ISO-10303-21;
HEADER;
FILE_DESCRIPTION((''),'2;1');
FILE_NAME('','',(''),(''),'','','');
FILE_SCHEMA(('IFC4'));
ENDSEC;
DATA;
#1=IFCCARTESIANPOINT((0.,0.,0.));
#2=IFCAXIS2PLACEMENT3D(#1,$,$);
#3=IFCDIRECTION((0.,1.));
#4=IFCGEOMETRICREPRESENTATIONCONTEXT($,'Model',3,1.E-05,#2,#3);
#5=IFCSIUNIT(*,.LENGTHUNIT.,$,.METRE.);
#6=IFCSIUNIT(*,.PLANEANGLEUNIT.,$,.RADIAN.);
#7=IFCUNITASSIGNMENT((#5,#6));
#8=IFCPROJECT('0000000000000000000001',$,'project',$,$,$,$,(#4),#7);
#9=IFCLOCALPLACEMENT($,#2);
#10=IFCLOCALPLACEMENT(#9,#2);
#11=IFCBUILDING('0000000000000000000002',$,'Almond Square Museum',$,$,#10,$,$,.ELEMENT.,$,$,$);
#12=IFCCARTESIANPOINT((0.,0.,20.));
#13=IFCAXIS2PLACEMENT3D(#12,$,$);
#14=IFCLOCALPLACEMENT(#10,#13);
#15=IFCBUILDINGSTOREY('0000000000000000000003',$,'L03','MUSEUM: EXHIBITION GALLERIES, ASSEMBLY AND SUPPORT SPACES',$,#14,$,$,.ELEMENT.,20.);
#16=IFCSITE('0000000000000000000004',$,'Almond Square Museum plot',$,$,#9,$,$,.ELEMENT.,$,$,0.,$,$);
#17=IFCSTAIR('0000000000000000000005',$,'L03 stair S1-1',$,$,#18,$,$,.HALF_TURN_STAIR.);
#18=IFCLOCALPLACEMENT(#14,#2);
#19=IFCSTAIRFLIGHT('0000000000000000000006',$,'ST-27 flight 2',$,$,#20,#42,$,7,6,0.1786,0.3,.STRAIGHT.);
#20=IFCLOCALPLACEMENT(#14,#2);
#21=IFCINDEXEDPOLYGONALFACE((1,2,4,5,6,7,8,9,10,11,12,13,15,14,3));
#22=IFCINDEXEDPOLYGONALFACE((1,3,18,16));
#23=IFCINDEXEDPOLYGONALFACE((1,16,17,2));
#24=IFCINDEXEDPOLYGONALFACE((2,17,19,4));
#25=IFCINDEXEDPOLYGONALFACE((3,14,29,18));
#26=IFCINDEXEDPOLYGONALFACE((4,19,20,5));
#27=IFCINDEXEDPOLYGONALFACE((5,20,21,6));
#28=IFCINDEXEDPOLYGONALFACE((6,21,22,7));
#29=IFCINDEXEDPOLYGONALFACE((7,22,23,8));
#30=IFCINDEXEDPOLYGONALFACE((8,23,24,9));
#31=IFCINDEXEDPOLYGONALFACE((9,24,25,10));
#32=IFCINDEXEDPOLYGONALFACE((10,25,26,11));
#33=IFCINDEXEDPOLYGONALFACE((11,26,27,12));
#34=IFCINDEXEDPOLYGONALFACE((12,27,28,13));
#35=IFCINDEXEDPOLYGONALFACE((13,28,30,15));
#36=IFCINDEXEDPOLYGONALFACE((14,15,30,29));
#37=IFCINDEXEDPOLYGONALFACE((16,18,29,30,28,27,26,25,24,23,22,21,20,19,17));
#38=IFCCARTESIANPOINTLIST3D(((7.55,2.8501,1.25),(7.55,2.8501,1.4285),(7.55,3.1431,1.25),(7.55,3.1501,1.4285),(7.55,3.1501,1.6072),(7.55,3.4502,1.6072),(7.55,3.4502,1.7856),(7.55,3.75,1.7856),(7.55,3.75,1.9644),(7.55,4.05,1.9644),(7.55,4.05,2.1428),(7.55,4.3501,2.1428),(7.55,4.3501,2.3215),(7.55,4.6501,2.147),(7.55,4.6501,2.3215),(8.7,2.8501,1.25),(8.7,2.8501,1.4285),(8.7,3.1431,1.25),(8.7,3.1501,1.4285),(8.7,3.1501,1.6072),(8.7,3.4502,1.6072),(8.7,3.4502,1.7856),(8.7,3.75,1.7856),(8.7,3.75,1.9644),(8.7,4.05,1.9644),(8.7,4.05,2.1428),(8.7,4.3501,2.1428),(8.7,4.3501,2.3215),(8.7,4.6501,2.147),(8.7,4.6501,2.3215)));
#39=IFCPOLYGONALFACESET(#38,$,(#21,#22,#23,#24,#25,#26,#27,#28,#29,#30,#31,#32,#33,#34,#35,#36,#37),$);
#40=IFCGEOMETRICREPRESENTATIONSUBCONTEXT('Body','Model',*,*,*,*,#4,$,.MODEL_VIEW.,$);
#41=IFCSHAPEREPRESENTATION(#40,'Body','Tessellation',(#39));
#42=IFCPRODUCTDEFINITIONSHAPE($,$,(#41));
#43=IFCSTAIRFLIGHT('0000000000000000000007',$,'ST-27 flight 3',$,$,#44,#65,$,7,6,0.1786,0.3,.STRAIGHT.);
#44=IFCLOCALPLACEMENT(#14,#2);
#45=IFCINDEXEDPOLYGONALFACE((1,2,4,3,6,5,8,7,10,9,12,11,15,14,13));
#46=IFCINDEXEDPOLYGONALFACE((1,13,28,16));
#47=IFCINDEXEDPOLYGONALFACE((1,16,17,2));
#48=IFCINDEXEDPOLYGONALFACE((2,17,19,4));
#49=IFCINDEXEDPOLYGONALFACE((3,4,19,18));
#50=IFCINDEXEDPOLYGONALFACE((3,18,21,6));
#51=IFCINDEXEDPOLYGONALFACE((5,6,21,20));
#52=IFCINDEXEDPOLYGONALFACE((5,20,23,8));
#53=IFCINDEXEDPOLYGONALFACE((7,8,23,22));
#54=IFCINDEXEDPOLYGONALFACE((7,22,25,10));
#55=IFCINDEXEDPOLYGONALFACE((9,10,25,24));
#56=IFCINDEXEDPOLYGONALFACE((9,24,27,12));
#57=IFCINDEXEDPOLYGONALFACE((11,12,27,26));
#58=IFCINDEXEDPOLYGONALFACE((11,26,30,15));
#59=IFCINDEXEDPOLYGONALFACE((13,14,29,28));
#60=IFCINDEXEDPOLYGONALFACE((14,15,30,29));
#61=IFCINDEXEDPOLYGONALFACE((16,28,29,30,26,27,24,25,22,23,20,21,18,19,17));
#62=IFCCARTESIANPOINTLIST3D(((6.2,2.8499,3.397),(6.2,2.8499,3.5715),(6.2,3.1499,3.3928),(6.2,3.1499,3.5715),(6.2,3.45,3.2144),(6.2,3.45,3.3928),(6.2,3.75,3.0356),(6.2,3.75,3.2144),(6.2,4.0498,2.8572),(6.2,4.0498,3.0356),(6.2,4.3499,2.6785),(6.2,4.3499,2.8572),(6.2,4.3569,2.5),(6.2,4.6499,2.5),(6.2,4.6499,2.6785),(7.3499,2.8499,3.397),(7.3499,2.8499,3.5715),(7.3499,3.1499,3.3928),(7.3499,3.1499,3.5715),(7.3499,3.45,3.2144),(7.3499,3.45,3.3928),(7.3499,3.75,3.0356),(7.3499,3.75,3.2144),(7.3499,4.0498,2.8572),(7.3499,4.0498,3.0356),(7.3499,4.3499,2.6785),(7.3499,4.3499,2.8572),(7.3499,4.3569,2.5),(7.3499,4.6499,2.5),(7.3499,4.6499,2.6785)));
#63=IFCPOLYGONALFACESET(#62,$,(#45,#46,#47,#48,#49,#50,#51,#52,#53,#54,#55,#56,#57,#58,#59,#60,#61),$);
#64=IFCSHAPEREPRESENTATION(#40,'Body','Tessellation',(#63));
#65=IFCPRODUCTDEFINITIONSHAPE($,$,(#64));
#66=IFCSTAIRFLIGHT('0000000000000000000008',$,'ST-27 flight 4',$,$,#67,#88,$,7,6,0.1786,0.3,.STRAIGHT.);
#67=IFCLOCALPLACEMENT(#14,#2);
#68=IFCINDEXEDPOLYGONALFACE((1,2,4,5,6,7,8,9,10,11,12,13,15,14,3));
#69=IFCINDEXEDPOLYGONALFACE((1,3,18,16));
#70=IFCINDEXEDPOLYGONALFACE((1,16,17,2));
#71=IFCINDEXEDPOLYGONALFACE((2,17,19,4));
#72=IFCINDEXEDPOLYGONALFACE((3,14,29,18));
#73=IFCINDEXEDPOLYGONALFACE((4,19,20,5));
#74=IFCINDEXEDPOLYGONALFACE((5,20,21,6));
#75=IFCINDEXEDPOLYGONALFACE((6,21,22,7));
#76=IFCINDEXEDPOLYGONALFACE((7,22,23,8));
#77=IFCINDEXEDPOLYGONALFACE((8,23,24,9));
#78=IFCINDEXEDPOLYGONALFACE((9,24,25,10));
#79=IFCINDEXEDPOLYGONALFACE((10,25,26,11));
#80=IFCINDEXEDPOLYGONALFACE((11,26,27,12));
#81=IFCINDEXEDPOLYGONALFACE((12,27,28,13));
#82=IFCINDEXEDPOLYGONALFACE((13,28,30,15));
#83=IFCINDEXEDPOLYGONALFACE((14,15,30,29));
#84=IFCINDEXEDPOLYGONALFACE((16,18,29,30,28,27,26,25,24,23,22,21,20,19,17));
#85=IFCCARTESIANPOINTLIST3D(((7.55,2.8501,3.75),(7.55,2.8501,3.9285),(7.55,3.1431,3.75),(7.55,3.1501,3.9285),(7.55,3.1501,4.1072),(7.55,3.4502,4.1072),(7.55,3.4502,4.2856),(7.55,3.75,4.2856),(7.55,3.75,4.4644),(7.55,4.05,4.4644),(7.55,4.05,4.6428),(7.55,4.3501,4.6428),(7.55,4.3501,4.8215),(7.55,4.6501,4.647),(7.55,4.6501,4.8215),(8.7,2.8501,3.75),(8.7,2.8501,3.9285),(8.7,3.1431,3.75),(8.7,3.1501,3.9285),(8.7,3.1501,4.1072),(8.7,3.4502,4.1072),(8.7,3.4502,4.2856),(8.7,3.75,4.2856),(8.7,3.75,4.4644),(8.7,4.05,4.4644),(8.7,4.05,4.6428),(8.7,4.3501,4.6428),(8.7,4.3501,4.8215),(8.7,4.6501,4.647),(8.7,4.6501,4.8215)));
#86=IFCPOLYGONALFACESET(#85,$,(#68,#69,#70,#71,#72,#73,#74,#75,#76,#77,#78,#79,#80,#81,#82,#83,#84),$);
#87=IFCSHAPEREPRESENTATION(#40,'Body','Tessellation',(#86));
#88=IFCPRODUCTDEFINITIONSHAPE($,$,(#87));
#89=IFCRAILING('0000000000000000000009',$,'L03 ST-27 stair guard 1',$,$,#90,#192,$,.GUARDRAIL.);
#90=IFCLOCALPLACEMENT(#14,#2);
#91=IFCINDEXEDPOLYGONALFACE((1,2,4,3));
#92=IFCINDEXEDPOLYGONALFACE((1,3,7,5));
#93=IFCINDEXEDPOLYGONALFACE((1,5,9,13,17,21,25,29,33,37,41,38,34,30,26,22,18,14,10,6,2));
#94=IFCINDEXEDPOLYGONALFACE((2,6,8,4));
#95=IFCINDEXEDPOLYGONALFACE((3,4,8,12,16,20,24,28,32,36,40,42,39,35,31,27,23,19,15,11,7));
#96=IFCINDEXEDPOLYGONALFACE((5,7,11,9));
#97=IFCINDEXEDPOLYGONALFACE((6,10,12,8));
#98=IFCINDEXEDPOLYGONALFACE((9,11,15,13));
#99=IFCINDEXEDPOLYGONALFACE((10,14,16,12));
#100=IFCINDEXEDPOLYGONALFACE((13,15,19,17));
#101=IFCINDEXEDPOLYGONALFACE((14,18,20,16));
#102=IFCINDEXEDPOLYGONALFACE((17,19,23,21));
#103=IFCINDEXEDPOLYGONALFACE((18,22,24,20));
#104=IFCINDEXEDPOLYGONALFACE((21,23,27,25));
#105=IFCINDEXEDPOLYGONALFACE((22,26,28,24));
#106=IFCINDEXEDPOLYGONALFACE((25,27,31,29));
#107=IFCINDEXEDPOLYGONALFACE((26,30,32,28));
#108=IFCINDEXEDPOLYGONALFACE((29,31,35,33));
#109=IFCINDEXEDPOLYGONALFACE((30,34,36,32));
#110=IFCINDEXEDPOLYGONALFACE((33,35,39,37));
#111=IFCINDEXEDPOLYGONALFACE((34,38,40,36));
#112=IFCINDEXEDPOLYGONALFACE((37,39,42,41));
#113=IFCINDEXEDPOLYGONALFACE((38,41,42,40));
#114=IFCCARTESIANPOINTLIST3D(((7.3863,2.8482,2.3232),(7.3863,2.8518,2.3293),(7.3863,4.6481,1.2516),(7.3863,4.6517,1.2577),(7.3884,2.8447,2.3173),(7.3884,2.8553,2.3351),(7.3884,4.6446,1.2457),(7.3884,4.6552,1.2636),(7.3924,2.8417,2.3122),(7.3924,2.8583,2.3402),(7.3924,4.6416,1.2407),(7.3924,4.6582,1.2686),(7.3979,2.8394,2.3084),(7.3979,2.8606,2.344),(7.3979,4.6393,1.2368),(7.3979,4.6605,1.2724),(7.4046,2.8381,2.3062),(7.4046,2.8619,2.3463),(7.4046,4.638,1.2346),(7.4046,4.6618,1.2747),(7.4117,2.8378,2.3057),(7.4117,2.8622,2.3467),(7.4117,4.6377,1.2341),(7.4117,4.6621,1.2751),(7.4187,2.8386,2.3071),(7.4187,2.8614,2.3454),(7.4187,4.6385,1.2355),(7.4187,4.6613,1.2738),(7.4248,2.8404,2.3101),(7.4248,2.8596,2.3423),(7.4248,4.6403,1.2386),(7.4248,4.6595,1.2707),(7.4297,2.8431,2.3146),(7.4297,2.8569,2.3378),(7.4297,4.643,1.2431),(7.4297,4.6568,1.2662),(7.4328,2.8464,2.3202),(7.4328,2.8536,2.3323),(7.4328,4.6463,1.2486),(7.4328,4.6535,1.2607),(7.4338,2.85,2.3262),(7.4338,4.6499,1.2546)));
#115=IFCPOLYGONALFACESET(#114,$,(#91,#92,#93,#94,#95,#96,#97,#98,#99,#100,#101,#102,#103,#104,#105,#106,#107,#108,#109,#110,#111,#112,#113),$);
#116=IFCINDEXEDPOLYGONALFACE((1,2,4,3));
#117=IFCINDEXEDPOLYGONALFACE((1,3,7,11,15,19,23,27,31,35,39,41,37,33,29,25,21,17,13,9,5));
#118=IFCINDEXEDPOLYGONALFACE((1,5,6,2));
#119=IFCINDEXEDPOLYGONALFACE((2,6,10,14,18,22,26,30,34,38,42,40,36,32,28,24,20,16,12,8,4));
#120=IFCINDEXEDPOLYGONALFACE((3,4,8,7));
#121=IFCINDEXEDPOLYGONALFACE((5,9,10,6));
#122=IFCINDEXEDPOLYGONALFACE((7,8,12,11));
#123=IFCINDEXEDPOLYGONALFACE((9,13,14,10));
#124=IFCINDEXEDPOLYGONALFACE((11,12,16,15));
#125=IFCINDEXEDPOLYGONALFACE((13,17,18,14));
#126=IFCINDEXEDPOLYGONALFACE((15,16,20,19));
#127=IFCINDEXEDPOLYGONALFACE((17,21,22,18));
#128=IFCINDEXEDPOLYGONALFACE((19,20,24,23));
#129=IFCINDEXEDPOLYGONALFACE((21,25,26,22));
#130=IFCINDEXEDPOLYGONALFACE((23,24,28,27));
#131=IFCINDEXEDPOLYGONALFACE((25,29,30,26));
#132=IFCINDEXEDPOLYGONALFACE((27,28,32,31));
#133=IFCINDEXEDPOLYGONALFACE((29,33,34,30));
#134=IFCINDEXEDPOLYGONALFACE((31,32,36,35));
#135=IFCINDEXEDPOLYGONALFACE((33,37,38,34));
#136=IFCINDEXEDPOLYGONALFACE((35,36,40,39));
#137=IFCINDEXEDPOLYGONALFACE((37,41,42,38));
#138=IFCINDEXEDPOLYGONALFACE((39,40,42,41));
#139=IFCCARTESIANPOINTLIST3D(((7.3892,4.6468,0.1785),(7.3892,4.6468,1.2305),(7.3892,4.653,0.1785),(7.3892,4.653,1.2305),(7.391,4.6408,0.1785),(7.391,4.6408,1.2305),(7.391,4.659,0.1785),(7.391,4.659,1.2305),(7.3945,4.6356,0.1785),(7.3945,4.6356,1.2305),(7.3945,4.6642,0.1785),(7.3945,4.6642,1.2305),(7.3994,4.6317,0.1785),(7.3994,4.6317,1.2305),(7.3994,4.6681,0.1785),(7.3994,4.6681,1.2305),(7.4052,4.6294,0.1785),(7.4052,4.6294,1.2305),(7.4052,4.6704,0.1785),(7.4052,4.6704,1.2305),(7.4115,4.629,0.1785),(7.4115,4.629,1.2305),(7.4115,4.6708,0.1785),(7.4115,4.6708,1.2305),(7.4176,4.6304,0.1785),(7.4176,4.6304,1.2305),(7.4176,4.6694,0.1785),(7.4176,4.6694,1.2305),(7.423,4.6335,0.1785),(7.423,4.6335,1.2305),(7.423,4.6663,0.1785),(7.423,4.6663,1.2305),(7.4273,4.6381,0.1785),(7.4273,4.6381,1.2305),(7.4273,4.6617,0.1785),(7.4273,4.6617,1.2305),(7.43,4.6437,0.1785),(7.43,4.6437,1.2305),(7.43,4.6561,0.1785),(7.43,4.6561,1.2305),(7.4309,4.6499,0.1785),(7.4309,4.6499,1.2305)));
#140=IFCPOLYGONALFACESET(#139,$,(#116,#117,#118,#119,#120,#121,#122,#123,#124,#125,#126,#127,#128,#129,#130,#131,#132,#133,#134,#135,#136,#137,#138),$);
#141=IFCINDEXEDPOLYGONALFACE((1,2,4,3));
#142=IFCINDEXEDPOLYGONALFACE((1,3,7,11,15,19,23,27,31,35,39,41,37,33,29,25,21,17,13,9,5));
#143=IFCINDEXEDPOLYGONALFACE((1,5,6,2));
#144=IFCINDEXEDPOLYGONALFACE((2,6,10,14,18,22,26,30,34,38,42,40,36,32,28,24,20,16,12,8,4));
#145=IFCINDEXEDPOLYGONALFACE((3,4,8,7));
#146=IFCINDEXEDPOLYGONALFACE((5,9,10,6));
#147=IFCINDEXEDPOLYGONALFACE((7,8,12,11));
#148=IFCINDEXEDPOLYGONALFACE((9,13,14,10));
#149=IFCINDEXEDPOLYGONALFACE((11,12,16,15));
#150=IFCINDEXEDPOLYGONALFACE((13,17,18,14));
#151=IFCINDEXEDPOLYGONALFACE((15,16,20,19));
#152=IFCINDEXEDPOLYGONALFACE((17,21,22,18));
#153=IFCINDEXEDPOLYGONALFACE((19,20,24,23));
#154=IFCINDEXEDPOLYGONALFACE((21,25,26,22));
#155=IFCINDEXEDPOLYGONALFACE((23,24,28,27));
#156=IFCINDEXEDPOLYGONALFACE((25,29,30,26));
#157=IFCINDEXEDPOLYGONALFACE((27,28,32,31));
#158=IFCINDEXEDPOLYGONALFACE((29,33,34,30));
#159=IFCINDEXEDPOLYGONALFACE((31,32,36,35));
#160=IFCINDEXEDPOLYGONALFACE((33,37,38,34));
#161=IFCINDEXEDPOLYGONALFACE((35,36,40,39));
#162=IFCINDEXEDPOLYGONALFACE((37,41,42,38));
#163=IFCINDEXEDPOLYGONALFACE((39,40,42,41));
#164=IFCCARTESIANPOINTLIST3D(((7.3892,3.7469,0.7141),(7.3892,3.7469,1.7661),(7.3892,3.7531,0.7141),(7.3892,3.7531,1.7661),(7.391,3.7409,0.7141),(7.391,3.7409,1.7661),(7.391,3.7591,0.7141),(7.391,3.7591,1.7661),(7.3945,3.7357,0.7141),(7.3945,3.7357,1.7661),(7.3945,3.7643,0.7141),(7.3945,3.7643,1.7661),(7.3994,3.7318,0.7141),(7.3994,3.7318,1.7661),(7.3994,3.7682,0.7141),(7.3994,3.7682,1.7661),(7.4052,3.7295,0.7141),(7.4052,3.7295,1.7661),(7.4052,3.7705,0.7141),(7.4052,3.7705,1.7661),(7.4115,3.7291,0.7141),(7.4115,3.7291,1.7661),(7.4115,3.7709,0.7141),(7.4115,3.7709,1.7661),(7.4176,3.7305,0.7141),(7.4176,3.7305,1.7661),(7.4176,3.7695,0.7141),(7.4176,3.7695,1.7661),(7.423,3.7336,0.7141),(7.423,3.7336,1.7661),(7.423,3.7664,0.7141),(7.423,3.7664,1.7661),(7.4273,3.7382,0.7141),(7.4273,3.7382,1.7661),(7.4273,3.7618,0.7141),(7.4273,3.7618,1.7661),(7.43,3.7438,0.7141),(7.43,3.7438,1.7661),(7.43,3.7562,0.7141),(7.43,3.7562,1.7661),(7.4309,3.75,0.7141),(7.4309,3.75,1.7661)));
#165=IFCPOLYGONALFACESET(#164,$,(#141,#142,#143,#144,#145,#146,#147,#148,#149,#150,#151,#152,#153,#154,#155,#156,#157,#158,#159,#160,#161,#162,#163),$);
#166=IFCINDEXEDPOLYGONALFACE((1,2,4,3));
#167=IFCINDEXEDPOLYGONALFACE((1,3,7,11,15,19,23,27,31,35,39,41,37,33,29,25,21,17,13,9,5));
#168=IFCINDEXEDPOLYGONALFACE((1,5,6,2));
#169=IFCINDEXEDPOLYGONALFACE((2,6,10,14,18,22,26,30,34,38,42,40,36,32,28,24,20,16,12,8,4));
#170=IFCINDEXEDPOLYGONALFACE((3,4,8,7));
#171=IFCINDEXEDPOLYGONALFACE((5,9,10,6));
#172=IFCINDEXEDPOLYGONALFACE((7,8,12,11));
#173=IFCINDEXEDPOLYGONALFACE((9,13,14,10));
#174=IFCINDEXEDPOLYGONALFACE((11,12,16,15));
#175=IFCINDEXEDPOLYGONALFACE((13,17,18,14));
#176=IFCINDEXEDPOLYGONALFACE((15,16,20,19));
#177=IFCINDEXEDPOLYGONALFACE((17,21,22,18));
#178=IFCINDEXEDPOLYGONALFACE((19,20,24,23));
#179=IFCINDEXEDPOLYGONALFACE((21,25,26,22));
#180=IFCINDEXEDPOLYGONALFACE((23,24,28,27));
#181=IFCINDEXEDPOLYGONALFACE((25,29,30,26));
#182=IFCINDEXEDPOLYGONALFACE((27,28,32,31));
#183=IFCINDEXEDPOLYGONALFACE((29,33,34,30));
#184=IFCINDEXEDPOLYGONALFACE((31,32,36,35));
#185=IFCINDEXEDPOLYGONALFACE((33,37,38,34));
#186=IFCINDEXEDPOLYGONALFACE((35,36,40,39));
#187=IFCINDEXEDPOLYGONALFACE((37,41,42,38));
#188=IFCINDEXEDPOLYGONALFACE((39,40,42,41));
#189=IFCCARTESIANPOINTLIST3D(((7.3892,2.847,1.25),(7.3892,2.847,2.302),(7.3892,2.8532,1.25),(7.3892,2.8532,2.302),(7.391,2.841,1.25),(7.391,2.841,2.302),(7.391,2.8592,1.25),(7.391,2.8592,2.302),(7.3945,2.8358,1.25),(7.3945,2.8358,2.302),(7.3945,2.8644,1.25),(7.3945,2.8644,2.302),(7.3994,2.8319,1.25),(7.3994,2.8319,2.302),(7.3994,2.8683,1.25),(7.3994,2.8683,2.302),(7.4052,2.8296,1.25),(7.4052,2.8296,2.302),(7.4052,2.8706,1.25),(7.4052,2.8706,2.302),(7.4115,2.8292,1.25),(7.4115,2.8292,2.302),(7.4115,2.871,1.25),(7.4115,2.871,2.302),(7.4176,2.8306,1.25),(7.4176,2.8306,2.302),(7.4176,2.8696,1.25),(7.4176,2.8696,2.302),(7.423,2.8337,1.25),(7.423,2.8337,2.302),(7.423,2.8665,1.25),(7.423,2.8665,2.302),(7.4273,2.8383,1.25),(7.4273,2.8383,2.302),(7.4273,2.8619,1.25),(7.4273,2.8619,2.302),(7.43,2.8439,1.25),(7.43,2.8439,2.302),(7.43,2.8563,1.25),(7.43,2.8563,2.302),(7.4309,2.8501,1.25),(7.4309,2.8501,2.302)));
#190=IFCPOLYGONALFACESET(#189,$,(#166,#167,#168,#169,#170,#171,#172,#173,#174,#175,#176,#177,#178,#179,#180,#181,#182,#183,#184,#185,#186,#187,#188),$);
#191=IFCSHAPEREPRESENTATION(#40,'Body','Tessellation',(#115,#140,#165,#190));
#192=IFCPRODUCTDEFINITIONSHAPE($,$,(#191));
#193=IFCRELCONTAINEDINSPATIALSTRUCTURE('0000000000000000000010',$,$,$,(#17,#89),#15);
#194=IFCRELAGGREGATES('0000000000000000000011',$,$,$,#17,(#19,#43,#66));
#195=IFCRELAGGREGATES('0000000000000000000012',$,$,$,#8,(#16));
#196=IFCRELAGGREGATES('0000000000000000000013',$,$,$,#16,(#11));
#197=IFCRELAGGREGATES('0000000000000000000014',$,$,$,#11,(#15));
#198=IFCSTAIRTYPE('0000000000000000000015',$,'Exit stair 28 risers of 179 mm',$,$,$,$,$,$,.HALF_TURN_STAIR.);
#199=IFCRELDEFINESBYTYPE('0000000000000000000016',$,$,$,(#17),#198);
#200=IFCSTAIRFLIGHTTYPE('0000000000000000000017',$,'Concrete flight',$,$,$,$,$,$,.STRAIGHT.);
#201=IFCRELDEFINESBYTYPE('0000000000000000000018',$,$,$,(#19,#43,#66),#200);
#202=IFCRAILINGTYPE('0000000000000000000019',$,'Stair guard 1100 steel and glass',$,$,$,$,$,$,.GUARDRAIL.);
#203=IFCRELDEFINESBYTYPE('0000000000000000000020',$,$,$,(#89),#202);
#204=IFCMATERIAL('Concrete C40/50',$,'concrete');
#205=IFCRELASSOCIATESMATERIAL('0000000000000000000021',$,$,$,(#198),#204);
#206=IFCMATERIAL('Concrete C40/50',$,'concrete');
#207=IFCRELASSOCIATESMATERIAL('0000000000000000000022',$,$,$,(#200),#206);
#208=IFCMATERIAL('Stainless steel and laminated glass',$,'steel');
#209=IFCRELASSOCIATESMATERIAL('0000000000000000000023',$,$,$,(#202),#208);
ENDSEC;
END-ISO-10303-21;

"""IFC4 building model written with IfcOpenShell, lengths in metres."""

from ifc_helpers import new_model, si_unit, direction, frame, origin, origin_2d, place, context, subcontext, project, spatial, polyline, circle, outline, extrude, material, type_object, element, aggregate, save


model = new_model("IFC4")

# Units and contexts
model_context = context("Model", 3, precision=1e-05, world=origin(), true_north=direction((0.0, 1.0)))
body_context = subcontext(model_context, "Body", "Model", "MODEL_VIEW")
ifc_project = project(units=[si_unit("LENGTHUNIT", "METRE"), si_unit("PLANEANGLEUNIT", "RADIAN")], contexts=[model_context])

# Site, building, storey
site_placement = place(None, origin())
site = spatial("IfcSite", under=ifc_project, at=site_placement, Name="Almond Square Museum plot", CompositionType="ELEMENT", RefElevation=0.0)
building_placement = place(site_placement, origin())
building = spatial("IfcBuilding", under=site, at=building_placement, Name="Almond Square Museum", CompositionType="ELEMENT")
storey_placement = place(building_placement, frame((0.0, 0.0, 20.0)))
storey = spatial("IfcBuildingStorey", under=building, at=storey_placement, Name="L03", Description="MUSEUM: EXHIBITION GALLERIES, ASSEMBLY AND SUPPORT SPACES", CompositionType="ELEMENT", Elevation=20.0)

# Stair, stair flights
ifc_material_1 = material(Name="Concrete C40/50", Category="concrete")
stair_type = type_object("IfcStairType", Name="Exit stair 28 risers of 179 mm", PredefinedType="HALF_TURN_STAIR", material=ifc_material_1)
stair_placement = place(storey_placement, origin())
stair = element("IfcStair", 1, at=stair_placement, inside=storey, type_object=stair_type, Name="L03 stair S1-1", PredefinedType="HALF_TURN_STAIR")
ifc_material_2 = material(Name="Concrete C40/50", Category="concrete")
stair_flight_type = type_object("IfcStairFlightType", Name="Concrete flight", PredefinedType="STRAIGHT", material=ifc_material_2)
stair_flight_1_placement = place(storey_placement, frame((8.125, 2.8501, 1.25), z_axis=(0.0, 0.0, 1.0), x_axis=(0.0, 1.0, 0.0)))
stair_flight_1 = element("IfcStairFlight", 2, at=stair_flight_1_placement, type_object=stair_flight_type, Name="ST-27 flight 2", NumberOfRisers=7, NumberOfTreads=6, PredefinedType="STRAIGHT", RiserHeight=0.1786, TreadLength=0.3, context=body_context, shape_type="SweptSolid", body=[
    extrude(outline(polyline([(0.0, 0.0), (0.0, 0.1785), (0.3, 0.1785), (0.3, 0.3572), (0.6001, 0.3572), (0.6001, 0.5356), (0.8999, 0.5356), (0.8999, 0.7144), (1.2, 0.7144), (1.2, 0.8928), (1.5, 0.8928), (1.5, 1.0715), (1.8, 1.0715), (1.8, 1.25), (1.8, 0.897), (0.293, 0.0), (0.0, 0.0)])), frame((0.0, 0.575, 0.0), z_axis=(0.0, -1.0, 0.0), x_axis=(1.0, 0.0, 0.0)), (0.0, 0.0, 1.0), 1.1499),
])
stair_flight_2_placement = place(storey_placement, frame((6.7749, 4.6499, 2.5), z_axis=(0.0, 0.0, 1.0), x_axis=(0.0, -1.0, 0.0)))
stair_flight_2 = element("IfcStairFlight", 3, at=stair_flight_2_placement, type_object=stair_flight_type, Name="ST-27 flight 3", NumberOfRisers=7, NumberOfTreads=6, PredefinedType="STRAIGHT", RiserHeight=0.1786, TreadLength=0.3, context=body_context, shape_type="SweptSolid", body=[
    extrude(outline(polyline([(0.0, 0.0), (0.0, 0.1785), (0.3, 0.1785), (0.3, 0.3572), (0.6001, 0.3572), (0.6001, 0.5356), (0.8999, 0.5356), (0.8999, 0.7144), (1.2, 0.7144), (1.2, 0.8928), (1.5, 0.8928), (1.5, 1.0715), (1.8, 1.0715), (1.8, 1.25), (1.8, 0.897), (0.293, 0.0), (0.0, 0.0)])), frame((0.0, 0.575, 0.0), z_axis=(0.0, -1.0, 0.0), x_axis=(1.0, 0.0, 0.0)), (0.0, 0.0, 1.0), 1.1499),
])
stair_flight_3_placement = place(storey_placement, frame((8.125, 2.8501, 3.75), z_axis=(0.0, 0.0, 1.0), x_axis=(0.0, 1.0, 0.0)))
stair_flight_3 = element("IfcStairFlight", 4, at=stair_flight_3_placement, type_object=stair_flight_type, Name="ST-27 flight 4", NumberOfRisers=7, NumberOfTreads=6, PredefinedType="STRAIGHT", RiserHeight=0.1786, TreadLength=0.3, context=body_context, shape_type="SweptSolid", body=[
    extrude(outline(polyline([(0.0, 0.0), (0.0, 0.1785), (0.3, 0.1785), (0.3, 0.3572), (0.6001, 0.3572), (0.6001, 0.5356), (0.8999, 0.5356), (0.8999, 0.7144), (1.2, 0.7144), (1.2, 0.8928), (1.5, 0.8928), (1.5, 1.0715), (1.8, 1.0715), (1.8, 1.25), (1.8, 0.897), (0.293, 0.0), (0.0, 0.0)])), frame((0.0, 0.575, 0.0), z_axis=(0.0, -1.0, 0.0), x_axis=(1.0, 0.0, 0.0)), (0.0, 0.0, 1.0), 1.1499),
])
aggregate(stair, [stair_flight_1, stair_flight_2, stair_flight_3])

# Railing
ifc_material_3 = material(Name="Stainless steel and laminated glass", Category="steel")
railing_type_1 = type_object("IfcRailingType", Name="Stair guard 1100 steel and glass", PredefinedType="GUARDRAIL", material=ifc_material_3)
railing_1_placement = place(storey_placement, frame((7.4099, 4.6499, 0.1785)))
element("IfcRailing", 5, at=railing_1_placement, inside=storey, type_object=railing_type_1, Name="L03 ST-27 stair guard 1", PredefinedType="GUARDRAIL", context=body_context, shape_type="SweptSolid", body=[
    extrude(circle(Radius=0.0239, at=origin_2d()), frame((0.0, 0.0, 1.0762), z_axis=(0.0, -0.859247, 0.511562), x_axis=(1.0, 0.0, 0.0)), (0.0, 0.0, 1.0), 2.0947),
    extrude(circle(Radius=0.021, at=origin_2d()), origin(), (0.0, 0.0, 1.0), 1.052),
    extrude(circle(Radius=0.021, at=origin_2d()), frame((0.0, -0.8999, 0.5356)), (0.0, 0.0, 1.0), 1.052),
    extrude(circle(Radius=0.021, at=origin_2d()), frame((0.0, -1.7998, 1.0715)), (0.0, 0.0, 1.0), 1.052),
])

save(model, "model.ifc")
